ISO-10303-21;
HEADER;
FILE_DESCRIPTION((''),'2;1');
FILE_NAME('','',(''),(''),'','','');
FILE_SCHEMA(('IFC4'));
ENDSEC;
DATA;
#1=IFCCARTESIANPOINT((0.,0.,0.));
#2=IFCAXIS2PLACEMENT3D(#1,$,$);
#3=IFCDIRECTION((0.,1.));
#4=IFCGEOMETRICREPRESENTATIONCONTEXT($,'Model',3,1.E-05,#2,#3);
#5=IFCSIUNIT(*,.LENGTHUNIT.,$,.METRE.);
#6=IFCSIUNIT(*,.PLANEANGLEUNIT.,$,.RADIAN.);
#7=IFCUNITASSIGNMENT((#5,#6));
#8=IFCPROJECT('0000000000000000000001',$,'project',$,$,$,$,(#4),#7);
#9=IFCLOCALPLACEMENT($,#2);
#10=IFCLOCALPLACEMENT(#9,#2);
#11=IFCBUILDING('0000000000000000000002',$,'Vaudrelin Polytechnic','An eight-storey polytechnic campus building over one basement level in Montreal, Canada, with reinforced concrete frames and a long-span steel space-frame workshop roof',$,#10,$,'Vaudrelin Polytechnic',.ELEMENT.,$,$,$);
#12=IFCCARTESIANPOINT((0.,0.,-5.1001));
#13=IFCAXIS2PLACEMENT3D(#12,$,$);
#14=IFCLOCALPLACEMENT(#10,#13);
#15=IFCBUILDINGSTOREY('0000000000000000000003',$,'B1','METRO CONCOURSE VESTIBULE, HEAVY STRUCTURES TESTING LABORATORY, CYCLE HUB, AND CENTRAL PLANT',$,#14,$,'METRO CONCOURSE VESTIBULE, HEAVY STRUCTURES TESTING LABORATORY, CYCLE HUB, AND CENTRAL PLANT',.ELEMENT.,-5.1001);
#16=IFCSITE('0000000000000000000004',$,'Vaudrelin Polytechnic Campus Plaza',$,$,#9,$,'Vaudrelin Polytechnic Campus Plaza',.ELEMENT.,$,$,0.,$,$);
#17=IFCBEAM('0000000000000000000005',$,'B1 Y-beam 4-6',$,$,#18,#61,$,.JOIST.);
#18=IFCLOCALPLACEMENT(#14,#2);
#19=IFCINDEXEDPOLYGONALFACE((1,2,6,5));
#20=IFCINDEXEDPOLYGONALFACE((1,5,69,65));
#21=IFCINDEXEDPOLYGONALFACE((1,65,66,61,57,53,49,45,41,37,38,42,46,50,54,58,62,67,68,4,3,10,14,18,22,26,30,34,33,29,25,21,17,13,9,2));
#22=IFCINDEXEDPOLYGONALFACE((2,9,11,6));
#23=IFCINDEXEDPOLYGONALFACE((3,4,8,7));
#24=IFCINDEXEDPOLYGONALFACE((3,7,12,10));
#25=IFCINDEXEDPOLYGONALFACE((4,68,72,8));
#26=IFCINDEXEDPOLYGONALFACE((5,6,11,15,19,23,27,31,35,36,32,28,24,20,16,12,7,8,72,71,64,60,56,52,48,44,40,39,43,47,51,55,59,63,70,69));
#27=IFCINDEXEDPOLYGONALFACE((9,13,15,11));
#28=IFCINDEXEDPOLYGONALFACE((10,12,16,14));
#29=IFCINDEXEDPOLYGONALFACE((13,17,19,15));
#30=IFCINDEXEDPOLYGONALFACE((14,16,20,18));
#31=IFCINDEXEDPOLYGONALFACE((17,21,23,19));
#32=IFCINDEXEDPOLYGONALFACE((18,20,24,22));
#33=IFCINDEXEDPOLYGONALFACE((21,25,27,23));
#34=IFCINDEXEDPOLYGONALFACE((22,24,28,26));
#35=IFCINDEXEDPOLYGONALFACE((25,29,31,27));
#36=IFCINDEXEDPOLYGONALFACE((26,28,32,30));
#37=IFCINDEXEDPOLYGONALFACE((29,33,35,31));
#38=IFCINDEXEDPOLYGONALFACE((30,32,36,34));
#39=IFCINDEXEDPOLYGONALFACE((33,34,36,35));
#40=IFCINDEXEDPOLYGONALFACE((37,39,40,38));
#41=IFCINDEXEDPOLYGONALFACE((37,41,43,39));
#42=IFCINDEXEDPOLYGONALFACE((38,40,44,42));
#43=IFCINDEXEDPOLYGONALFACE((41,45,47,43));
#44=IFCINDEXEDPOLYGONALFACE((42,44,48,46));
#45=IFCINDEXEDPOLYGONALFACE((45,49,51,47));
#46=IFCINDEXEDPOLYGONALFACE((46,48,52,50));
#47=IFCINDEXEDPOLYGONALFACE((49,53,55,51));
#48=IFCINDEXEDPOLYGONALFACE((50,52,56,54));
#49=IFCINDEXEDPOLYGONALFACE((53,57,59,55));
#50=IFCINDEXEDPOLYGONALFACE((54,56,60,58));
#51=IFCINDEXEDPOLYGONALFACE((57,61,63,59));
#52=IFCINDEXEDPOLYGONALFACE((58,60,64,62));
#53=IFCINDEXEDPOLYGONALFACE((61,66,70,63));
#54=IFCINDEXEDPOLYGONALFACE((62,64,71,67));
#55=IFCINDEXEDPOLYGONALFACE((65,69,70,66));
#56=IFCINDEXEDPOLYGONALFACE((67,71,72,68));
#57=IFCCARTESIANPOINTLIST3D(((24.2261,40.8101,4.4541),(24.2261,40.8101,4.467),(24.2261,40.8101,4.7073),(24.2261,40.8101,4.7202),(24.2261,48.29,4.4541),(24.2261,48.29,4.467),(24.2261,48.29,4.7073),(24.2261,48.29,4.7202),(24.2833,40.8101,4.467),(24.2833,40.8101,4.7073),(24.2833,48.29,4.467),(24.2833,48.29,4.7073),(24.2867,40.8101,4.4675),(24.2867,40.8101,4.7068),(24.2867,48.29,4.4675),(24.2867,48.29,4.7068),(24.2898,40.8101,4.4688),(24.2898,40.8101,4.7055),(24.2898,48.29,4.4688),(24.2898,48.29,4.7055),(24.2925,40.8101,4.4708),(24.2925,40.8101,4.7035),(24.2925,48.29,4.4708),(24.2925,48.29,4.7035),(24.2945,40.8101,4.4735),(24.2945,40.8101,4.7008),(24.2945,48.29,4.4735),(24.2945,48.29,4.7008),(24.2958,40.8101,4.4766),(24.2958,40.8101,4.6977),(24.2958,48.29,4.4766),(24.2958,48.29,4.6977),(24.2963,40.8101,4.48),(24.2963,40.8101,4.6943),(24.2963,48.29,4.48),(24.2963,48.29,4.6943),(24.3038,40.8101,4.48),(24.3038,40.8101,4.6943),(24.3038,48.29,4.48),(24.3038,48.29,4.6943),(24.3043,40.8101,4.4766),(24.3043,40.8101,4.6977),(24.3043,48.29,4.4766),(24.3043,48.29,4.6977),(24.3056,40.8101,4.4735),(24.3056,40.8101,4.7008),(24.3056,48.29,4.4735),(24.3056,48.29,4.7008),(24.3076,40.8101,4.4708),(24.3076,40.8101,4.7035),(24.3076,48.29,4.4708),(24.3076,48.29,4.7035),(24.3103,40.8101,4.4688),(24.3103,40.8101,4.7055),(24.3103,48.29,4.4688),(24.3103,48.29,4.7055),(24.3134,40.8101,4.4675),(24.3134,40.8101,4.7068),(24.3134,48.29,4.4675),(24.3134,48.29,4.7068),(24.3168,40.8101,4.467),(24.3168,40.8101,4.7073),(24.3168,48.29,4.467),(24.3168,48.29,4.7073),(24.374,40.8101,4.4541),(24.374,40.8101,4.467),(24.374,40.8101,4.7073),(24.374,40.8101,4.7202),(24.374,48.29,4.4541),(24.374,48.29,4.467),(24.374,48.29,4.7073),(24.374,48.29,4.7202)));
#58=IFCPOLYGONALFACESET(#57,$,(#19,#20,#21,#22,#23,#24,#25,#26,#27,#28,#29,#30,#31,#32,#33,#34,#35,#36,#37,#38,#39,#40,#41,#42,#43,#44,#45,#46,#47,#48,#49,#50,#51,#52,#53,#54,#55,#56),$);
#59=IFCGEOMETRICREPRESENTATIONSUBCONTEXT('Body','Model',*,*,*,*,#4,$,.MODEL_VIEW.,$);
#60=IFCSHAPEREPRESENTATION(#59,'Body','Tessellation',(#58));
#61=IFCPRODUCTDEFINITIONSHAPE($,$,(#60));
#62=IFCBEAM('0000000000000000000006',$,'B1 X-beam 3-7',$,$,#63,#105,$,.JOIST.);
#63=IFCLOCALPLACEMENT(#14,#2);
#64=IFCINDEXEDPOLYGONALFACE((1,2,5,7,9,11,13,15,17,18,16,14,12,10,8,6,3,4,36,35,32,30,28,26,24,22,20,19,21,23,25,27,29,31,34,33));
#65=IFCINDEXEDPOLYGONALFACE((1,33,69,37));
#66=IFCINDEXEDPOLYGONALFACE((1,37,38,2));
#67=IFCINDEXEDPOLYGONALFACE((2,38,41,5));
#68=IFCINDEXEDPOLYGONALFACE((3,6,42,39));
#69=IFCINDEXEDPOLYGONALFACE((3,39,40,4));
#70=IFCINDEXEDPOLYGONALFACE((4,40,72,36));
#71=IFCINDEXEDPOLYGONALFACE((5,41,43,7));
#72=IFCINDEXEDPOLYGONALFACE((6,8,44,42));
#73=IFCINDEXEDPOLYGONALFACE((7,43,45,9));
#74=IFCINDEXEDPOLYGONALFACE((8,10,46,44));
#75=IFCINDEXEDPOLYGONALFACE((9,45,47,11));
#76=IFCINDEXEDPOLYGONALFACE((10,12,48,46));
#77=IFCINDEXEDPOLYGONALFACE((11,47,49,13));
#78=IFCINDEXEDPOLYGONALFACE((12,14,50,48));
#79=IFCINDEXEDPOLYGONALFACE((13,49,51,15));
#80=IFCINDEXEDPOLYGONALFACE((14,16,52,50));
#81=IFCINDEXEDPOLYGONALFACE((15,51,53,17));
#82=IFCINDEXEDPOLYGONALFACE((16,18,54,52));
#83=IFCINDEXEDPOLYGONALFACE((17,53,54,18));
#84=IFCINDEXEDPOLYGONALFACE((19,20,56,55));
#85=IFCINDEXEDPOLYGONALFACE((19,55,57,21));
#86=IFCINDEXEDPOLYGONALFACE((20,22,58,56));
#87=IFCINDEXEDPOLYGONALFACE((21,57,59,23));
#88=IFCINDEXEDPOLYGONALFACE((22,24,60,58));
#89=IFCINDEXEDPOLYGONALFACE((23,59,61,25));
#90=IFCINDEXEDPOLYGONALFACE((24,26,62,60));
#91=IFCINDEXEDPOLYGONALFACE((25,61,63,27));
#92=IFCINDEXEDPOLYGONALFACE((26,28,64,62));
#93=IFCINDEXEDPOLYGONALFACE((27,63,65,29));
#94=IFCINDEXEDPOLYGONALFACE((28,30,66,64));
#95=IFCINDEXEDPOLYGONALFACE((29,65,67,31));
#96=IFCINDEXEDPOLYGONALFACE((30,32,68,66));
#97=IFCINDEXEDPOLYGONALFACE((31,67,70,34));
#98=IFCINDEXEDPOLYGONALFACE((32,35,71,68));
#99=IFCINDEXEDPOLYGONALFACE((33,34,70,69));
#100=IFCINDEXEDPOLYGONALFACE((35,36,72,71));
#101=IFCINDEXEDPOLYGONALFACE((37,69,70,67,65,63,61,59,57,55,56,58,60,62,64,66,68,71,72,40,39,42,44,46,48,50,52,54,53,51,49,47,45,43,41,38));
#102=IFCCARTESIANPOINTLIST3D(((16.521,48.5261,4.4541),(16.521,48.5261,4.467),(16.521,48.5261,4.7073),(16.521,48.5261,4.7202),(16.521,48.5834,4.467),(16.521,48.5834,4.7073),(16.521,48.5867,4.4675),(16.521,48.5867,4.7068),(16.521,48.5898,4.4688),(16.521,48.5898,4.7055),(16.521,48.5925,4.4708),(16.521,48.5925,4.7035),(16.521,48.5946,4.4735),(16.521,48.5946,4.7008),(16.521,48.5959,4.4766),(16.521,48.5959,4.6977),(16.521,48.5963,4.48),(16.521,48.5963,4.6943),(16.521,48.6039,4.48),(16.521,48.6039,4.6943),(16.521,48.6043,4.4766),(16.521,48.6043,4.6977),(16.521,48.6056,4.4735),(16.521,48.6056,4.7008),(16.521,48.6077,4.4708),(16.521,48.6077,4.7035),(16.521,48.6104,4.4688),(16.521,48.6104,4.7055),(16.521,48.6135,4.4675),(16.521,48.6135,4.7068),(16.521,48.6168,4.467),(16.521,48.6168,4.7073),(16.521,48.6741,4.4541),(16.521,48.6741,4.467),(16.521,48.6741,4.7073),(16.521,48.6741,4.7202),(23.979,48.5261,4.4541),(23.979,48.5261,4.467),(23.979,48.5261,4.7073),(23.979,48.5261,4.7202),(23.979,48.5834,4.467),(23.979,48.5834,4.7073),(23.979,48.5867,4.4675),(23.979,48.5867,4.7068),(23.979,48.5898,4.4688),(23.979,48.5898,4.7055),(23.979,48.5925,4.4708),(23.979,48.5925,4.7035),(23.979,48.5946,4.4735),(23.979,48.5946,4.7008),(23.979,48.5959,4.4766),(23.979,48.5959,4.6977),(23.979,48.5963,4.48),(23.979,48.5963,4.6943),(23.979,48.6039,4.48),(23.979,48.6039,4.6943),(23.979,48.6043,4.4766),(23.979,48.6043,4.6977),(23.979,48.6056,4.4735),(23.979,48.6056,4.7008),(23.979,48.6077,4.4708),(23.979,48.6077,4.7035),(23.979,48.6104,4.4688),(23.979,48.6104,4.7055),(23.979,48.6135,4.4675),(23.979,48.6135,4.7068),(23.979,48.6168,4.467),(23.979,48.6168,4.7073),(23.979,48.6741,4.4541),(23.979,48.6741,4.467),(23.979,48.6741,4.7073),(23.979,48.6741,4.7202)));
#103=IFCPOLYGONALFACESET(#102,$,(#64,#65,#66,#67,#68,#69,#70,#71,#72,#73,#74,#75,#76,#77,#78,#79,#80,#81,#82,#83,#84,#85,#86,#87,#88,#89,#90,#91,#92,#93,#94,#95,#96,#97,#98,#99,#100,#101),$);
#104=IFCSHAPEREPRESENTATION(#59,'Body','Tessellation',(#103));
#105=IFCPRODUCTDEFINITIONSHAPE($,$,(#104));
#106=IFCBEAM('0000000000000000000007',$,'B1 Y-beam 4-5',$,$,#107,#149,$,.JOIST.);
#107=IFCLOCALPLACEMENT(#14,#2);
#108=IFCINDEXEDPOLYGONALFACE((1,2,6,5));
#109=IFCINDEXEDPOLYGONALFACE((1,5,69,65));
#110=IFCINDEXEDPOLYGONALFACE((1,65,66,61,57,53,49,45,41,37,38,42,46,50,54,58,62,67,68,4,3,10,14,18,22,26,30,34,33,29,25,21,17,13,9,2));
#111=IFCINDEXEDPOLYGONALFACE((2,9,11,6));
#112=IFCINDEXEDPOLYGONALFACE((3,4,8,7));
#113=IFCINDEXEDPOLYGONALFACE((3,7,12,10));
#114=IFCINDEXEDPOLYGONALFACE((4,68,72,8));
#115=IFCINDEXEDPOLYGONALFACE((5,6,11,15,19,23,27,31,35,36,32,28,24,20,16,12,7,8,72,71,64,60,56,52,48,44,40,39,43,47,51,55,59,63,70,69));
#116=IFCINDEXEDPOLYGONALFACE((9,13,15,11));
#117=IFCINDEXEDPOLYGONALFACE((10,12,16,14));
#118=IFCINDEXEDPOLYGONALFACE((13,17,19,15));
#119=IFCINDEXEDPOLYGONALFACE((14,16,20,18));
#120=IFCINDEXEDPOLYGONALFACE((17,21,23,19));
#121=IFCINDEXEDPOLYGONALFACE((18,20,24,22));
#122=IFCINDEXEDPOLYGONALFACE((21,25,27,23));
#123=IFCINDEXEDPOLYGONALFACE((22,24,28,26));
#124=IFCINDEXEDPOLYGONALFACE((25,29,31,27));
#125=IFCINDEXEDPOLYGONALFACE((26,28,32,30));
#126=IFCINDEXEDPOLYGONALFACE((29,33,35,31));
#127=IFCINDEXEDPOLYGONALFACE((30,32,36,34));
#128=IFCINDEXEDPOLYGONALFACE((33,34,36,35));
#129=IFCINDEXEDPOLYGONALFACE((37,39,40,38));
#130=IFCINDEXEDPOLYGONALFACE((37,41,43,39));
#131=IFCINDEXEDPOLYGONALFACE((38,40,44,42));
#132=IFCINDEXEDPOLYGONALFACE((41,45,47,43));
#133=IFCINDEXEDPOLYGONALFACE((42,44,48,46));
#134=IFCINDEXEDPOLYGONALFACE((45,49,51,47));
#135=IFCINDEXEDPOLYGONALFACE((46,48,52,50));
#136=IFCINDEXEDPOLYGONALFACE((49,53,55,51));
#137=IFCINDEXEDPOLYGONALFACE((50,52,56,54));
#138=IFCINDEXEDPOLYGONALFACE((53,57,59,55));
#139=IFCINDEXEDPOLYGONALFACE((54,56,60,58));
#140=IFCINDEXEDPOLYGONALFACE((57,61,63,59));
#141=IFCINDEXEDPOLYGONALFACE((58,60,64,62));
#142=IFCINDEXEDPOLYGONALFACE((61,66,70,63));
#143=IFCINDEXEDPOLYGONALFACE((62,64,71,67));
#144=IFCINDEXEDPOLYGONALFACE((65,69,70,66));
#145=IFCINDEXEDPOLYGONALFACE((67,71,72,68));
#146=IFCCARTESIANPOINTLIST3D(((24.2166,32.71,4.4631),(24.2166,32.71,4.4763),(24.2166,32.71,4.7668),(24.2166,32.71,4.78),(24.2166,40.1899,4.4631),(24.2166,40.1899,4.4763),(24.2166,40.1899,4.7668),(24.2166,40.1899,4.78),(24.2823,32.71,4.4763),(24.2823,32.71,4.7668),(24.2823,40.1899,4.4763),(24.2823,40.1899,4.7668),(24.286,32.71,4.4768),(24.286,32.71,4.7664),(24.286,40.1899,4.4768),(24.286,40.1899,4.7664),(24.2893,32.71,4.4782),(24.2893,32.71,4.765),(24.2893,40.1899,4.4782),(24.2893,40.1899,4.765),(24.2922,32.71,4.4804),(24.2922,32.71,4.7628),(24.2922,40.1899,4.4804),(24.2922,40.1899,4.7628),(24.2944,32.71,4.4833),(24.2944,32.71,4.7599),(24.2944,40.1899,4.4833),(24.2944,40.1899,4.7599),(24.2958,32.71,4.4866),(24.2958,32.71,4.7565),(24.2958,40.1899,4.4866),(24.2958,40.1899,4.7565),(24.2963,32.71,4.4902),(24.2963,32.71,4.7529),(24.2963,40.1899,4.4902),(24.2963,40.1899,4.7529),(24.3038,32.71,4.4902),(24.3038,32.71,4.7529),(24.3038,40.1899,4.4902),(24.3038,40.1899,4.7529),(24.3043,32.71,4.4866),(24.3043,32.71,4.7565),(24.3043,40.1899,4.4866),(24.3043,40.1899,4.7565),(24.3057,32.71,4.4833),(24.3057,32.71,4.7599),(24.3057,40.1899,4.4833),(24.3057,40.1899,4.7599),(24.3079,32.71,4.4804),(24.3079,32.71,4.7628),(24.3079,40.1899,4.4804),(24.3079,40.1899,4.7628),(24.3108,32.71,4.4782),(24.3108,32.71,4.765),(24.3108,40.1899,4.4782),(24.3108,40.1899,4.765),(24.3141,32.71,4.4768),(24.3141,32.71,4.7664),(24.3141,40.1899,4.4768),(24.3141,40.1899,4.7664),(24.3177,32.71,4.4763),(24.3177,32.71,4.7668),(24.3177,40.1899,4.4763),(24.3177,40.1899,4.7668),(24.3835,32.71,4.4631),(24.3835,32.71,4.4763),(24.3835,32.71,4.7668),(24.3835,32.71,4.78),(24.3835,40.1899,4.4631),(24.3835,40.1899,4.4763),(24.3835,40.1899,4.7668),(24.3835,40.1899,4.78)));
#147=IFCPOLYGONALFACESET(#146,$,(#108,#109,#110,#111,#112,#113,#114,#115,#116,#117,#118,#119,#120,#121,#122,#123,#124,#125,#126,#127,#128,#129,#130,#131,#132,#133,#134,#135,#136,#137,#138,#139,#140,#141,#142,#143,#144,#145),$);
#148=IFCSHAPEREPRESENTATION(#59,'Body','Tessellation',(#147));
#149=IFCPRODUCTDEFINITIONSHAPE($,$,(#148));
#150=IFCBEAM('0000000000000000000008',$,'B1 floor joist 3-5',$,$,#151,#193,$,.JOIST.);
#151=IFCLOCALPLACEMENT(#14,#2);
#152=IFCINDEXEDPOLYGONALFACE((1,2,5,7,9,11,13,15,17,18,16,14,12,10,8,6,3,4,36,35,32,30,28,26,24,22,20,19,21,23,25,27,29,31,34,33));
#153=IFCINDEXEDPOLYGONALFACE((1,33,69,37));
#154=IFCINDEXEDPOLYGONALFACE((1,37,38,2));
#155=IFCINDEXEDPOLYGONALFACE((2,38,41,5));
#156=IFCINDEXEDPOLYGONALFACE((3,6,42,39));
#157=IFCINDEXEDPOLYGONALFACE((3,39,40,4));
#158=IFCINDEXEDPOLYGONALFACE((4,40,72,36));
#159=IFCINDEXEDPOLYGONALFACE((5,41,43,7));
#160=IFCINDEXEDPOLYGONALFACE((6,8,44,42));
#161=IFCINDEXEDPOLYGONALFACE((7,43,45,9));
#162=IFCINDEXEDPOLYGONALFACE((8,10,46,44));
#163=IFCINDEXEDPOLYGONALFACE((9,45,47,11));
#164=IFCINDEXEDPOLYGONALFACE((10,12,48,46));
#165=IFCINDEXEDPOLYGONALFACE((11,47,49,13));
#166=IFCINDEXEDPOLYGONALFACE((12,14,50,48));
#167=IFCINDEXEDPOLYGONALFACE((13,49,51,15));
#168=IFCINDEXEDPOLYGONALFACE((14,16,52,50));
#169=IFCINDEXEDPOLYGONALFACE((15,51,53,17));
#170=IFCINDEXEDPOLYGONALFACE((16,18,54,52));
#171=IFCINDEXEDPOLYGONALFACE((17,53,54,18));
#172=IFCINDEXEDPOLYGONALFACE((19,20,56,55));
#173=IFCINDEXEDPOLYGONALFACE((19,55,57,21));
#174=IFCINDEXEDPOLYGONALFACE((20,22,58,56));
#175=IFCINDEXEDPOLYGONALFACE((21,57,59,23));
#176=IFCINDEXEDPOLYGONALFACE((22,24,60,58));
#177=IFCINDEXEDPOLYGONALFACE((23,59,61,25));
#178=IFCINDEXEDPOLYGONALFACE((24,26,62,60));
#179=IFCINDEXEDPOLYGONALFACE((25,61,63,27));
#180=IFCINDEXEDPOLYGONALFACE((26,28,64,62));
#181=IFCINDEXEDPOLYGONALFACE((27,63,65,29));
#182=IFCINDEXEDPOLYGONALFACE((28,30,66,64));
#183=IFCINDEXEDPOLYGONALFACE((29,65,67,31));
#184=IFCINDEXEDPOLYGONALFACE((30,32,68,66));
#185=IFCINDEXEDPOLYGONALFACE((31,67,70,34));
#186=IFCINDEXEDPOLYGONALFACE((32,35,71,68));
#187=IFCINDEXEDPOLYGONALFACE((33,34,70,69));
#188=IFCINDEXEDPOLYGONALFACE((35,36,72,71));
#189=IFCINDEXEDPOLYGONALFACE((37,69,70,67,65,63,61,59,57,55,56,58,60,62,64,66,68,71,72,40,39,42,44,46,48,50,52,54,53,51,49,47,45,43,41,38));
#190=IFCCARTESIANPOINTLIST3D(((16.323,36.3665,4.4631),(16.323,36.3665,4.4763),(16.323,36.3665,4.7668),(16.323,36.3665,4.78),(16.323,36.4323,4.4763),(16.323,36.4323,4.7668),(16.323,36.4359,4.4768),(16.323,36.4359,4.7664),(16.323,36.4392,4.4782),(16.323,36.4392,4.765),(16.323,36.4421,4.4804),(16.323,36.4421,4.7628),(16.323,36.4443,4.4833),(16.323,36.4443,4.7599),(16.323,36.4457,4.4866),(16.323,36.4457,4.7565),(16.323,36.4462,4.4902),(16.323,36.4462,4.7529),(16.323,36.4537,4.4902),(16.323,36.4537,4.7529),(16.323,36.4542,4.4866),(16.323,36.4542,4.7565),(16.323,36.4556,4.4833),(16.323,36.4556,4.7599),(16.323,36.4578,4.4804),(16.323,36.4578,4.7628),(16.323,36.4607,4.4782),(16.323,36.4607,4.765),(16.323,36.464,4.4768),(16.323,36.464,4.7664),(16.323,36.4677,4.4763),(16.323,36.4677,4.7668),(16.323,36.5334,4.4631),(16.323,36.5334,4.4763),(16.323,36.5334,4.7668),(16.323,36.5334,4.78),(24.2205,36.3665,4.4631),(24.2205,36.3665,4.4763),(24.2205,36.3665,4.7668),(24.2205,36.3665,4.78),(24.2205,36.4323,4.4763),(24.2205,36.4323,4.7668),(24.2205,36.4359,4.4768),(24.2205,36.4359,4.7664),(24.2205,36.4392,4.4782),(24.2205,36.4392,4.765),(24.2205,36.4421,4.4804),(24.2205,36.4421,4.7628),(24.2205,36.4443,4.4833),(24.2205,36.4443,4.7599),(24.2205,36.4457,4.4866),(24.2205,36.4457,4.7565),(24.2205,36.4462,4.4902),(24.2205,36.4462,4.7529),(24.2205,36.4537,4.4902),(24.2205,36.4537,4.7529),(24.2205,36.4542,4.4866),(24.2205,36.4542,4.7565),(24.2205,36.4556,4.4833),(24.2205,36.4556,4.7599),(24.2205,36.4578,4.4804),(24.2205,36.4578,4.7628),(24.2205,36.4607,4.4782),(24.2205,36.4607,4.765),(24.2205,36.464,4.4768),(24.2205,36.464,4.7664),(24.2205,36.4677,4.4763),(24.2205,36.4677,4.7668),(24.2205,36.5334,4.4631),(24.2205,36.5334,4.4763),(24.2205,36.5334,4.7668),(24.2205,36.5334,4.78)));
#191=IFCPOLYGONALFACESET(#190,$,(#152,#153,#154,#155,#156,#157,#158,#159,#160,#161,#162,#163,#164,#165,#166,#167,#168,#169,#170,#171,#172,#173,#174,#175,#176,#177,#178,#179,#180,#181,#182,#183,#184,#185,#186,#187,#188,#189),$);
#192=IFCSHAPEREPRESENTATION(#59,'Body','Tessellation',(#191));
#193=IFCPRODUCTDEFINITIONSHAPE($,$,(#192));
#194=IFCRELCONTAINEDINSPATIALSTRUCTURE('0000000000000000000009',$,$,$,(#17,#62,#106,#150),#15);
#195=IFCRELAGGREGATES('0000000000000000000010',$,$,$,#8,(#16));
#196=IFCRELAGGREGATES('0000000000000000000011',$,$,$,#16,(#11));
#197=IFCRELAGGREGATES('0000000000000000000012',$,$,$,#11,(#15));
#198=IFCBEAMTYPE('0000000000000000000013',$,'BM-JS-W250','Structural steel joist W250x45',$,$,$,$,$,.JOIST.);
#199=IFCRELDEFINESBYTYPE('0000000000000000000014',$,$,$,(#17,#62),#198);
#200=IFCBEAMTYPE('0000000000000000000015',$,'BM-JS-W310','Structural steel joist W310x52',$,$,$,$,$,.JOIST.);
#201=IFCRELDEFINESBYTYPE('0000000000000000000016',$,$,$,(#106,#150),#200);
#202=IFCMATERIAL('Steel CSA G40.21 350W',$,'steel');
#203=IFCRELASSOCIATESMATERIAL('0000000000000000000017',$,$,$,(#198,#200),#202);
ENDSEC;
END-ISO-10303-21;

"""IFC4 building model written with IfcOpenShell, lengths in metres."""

from ifc_helpers import new_model, si_unit, direction, frame, origin, origin_2d, place, context, subcontext, project, spatial, i_section, extrude, material, material_profile, profile_set, type_object, element, save


model = new_model("IFC4")

# Units and contexts
model_context = context("Model", 3, precision=1e-05, world=origin(), true_north=direction((0.0, 1.0)))
body_context = subcontext(model_context, "Body", "Model", "MODEL_VIEW")
ifc_project = project(units=[si_unit("LENGTHUNIT", "METRE"), si_unit("PLANEANGLEUNIT", "RADIAN")], contexts=[model_context])

# Site, building, storey
site_placement = place(None, origin())
site = spatial("IfcSite", under=ifc_project, at=site_placement, Name="Vaudrelin Polytechnic Campus Plaza", LongName="Vaudrelin Polytechnic Campus Plaza", CompositionType="ELEMENT", RefElevation=0.0)
building_placement = place(site_placement, origin())
building = spatial("IfcBuilding", under=site, at=building_placement, Name="Vaudrelin Polytechnic", Description="An eight-storey polytechnic campus building over one basement level in Montreal, Canada, with reinforced concrete frames and a long-span steel space-frame workshop roof", LongName="Vaudrelin Polytechnic", CompositionType="ELEMENT")
storey_placement = place(building_placement, frame((0.0, 0.0, -5.1001)))
storey = spatial("IfcBuildingStorey", under=building, at=storey_placement, Name="B1", Description="METRO CONCOURSE VESTIBULE, HEAVY STRUCTURES TESTING LABORATORY, CYCLE HUB, AND CENTRAL PLANT", LongName="METRO CONCOURSE VESTIBULE, HEAVY STRUCTURES TESTING LABORATORY, CYCLE HUB, AND CENTRAL PLANT", CompositionType="ELEMENT", Elevation=-5.1001)

# Beams
ifc_material_1 = material(Name="Steel CSA G40.21 350W", Category="steel")
ifc_material_profile_1 = material_profile(ifc_material_1, i_section(OverallWidth=0.1479, OverallDepth=0.2661, WebThickness=0.0076, FlangeThickness=0.0129, FilletRadius=0.0129, at=origin_2d()), Name="W250x45")
ifc_profile_set_1 = profile_set([ifc_material_profile_1], Name="Steel CSA G40.21 350W")
beam_type_1 = type_object("IfcBeamType", Name="BM-JS-W250", Description="Structural steel joist W250x45", PredefinedType="JOIST", material=ifc_profile_set_1)
beam_1_placement = place(storey_placement, frame((24.3, 40.8101, 4.5872), z_axis=(0.0, 1.0, 0.0), x_axis=(-1.0, 0.0, 0.0)))
element("IfcBeam", 1, at=beam_1_placement, inside=storey, type_object=beam_type_1, Name="B1 Y-beam 4-6", PredefinedType="JOIST", context=body_context, shape_type="SweptSolid", body=[
    extrude(i_section(OverallWidth=0.1479, OverallDepth=0.2661, WebThickness=0.0076, FlangeThickness=0.0129, FilletRadius=0.0129, at=origin_2d()), origin(), (0.0, 0.0, 1.0), 7.48),
])
beam_2_placement = place(storey_placement, frame((16.521, 48.6001, 4.5872), z_axis=(1.0, 0.0, 0.0), x_axis=(0.0, 1.0, 0.0)))
element("IfcBeam", 2, at=beam_2_placement, inside=storey, type_object=beam_type_1, Name="B1 X-beam 3-7", PredefinedType="JOIST", context=body_context, shape_type="SweptSolid", body=[
    extrude(i_section(OverallWidth=0.1479, OverallDepth=0.2661, WebThickness=0.0076, FlangeThickness=0.0129, FilletRadius=0.0129, at=origin_2d()), origin(), (0.0, 0.0, 1.0), 7.458),
])
ifc_material_profile_2 = material_profile(ifc_material_1, i_section(OverallWidth=0.167, OverallDepth=0.3169, WebThickness=0.0076, FlangeThickness=0.0132, FilletRadius=0.0139, at=origin_2d()), Name="W310x52")
ifc_profile_set_2 = profile_set([ifc_material_profile_2], Name="Steel CSA G40.21 350W")
beam_type_2 = type_object("IfcBeamType", Name="BM-JS-W310", Description="Structural steel joist W310x52", PredefinedType="JOIST", material=ifc_profile_set_2)
beam_3_placement = place(storey_placement, frame((24.3, 32.71, 4.6216), z_axis=(0.0, 1.0, 0.0), x_axis=(-1.0, 0.0, 0.0)))
element("IfcBeam", 3, at=beam_3_placement, inside=storey, type_object=beam_type_2, Name="B1 Y-beam 4-5", PredefinedType="JOIST", context=body_context, shape_type="SweptSolid", body=[
    extrude(i_section(OverallWidth=0.167, OverallDepth=0.3169, WebThickness=0.0076, FlangeThickness=0.0132, FilletRadius=0.0139, at=origin_2d()), origin(), (0.0, 0.0, 1.0), 7.48),
])
beam_4_placement = place(storey_placement, frame((16.323, 36.45, 4.6216), z_axis=(1.0, 0.0, 0.0), x_axis=(0.0, 1.0, 0.0)))
element("IfcBeam", 4, at=beam_4_placement, inside=storey, type_object=beam_type_2, Name="B1 floor joist 3-5", PredefinedType="JOIST", context=body_context, shape_type="SweptSolid", body=[
    extrude(i_section(OverallWidth=0.167, OverallDepth=0.3169, WebThickness=0.0076, FlangeThickness=0.0132, FilletRadius=0.0139, at=origin_2d()), origin(), (0.0, 0.0, 1.0), 7.8975),
])

save(model, "model.ifc")
